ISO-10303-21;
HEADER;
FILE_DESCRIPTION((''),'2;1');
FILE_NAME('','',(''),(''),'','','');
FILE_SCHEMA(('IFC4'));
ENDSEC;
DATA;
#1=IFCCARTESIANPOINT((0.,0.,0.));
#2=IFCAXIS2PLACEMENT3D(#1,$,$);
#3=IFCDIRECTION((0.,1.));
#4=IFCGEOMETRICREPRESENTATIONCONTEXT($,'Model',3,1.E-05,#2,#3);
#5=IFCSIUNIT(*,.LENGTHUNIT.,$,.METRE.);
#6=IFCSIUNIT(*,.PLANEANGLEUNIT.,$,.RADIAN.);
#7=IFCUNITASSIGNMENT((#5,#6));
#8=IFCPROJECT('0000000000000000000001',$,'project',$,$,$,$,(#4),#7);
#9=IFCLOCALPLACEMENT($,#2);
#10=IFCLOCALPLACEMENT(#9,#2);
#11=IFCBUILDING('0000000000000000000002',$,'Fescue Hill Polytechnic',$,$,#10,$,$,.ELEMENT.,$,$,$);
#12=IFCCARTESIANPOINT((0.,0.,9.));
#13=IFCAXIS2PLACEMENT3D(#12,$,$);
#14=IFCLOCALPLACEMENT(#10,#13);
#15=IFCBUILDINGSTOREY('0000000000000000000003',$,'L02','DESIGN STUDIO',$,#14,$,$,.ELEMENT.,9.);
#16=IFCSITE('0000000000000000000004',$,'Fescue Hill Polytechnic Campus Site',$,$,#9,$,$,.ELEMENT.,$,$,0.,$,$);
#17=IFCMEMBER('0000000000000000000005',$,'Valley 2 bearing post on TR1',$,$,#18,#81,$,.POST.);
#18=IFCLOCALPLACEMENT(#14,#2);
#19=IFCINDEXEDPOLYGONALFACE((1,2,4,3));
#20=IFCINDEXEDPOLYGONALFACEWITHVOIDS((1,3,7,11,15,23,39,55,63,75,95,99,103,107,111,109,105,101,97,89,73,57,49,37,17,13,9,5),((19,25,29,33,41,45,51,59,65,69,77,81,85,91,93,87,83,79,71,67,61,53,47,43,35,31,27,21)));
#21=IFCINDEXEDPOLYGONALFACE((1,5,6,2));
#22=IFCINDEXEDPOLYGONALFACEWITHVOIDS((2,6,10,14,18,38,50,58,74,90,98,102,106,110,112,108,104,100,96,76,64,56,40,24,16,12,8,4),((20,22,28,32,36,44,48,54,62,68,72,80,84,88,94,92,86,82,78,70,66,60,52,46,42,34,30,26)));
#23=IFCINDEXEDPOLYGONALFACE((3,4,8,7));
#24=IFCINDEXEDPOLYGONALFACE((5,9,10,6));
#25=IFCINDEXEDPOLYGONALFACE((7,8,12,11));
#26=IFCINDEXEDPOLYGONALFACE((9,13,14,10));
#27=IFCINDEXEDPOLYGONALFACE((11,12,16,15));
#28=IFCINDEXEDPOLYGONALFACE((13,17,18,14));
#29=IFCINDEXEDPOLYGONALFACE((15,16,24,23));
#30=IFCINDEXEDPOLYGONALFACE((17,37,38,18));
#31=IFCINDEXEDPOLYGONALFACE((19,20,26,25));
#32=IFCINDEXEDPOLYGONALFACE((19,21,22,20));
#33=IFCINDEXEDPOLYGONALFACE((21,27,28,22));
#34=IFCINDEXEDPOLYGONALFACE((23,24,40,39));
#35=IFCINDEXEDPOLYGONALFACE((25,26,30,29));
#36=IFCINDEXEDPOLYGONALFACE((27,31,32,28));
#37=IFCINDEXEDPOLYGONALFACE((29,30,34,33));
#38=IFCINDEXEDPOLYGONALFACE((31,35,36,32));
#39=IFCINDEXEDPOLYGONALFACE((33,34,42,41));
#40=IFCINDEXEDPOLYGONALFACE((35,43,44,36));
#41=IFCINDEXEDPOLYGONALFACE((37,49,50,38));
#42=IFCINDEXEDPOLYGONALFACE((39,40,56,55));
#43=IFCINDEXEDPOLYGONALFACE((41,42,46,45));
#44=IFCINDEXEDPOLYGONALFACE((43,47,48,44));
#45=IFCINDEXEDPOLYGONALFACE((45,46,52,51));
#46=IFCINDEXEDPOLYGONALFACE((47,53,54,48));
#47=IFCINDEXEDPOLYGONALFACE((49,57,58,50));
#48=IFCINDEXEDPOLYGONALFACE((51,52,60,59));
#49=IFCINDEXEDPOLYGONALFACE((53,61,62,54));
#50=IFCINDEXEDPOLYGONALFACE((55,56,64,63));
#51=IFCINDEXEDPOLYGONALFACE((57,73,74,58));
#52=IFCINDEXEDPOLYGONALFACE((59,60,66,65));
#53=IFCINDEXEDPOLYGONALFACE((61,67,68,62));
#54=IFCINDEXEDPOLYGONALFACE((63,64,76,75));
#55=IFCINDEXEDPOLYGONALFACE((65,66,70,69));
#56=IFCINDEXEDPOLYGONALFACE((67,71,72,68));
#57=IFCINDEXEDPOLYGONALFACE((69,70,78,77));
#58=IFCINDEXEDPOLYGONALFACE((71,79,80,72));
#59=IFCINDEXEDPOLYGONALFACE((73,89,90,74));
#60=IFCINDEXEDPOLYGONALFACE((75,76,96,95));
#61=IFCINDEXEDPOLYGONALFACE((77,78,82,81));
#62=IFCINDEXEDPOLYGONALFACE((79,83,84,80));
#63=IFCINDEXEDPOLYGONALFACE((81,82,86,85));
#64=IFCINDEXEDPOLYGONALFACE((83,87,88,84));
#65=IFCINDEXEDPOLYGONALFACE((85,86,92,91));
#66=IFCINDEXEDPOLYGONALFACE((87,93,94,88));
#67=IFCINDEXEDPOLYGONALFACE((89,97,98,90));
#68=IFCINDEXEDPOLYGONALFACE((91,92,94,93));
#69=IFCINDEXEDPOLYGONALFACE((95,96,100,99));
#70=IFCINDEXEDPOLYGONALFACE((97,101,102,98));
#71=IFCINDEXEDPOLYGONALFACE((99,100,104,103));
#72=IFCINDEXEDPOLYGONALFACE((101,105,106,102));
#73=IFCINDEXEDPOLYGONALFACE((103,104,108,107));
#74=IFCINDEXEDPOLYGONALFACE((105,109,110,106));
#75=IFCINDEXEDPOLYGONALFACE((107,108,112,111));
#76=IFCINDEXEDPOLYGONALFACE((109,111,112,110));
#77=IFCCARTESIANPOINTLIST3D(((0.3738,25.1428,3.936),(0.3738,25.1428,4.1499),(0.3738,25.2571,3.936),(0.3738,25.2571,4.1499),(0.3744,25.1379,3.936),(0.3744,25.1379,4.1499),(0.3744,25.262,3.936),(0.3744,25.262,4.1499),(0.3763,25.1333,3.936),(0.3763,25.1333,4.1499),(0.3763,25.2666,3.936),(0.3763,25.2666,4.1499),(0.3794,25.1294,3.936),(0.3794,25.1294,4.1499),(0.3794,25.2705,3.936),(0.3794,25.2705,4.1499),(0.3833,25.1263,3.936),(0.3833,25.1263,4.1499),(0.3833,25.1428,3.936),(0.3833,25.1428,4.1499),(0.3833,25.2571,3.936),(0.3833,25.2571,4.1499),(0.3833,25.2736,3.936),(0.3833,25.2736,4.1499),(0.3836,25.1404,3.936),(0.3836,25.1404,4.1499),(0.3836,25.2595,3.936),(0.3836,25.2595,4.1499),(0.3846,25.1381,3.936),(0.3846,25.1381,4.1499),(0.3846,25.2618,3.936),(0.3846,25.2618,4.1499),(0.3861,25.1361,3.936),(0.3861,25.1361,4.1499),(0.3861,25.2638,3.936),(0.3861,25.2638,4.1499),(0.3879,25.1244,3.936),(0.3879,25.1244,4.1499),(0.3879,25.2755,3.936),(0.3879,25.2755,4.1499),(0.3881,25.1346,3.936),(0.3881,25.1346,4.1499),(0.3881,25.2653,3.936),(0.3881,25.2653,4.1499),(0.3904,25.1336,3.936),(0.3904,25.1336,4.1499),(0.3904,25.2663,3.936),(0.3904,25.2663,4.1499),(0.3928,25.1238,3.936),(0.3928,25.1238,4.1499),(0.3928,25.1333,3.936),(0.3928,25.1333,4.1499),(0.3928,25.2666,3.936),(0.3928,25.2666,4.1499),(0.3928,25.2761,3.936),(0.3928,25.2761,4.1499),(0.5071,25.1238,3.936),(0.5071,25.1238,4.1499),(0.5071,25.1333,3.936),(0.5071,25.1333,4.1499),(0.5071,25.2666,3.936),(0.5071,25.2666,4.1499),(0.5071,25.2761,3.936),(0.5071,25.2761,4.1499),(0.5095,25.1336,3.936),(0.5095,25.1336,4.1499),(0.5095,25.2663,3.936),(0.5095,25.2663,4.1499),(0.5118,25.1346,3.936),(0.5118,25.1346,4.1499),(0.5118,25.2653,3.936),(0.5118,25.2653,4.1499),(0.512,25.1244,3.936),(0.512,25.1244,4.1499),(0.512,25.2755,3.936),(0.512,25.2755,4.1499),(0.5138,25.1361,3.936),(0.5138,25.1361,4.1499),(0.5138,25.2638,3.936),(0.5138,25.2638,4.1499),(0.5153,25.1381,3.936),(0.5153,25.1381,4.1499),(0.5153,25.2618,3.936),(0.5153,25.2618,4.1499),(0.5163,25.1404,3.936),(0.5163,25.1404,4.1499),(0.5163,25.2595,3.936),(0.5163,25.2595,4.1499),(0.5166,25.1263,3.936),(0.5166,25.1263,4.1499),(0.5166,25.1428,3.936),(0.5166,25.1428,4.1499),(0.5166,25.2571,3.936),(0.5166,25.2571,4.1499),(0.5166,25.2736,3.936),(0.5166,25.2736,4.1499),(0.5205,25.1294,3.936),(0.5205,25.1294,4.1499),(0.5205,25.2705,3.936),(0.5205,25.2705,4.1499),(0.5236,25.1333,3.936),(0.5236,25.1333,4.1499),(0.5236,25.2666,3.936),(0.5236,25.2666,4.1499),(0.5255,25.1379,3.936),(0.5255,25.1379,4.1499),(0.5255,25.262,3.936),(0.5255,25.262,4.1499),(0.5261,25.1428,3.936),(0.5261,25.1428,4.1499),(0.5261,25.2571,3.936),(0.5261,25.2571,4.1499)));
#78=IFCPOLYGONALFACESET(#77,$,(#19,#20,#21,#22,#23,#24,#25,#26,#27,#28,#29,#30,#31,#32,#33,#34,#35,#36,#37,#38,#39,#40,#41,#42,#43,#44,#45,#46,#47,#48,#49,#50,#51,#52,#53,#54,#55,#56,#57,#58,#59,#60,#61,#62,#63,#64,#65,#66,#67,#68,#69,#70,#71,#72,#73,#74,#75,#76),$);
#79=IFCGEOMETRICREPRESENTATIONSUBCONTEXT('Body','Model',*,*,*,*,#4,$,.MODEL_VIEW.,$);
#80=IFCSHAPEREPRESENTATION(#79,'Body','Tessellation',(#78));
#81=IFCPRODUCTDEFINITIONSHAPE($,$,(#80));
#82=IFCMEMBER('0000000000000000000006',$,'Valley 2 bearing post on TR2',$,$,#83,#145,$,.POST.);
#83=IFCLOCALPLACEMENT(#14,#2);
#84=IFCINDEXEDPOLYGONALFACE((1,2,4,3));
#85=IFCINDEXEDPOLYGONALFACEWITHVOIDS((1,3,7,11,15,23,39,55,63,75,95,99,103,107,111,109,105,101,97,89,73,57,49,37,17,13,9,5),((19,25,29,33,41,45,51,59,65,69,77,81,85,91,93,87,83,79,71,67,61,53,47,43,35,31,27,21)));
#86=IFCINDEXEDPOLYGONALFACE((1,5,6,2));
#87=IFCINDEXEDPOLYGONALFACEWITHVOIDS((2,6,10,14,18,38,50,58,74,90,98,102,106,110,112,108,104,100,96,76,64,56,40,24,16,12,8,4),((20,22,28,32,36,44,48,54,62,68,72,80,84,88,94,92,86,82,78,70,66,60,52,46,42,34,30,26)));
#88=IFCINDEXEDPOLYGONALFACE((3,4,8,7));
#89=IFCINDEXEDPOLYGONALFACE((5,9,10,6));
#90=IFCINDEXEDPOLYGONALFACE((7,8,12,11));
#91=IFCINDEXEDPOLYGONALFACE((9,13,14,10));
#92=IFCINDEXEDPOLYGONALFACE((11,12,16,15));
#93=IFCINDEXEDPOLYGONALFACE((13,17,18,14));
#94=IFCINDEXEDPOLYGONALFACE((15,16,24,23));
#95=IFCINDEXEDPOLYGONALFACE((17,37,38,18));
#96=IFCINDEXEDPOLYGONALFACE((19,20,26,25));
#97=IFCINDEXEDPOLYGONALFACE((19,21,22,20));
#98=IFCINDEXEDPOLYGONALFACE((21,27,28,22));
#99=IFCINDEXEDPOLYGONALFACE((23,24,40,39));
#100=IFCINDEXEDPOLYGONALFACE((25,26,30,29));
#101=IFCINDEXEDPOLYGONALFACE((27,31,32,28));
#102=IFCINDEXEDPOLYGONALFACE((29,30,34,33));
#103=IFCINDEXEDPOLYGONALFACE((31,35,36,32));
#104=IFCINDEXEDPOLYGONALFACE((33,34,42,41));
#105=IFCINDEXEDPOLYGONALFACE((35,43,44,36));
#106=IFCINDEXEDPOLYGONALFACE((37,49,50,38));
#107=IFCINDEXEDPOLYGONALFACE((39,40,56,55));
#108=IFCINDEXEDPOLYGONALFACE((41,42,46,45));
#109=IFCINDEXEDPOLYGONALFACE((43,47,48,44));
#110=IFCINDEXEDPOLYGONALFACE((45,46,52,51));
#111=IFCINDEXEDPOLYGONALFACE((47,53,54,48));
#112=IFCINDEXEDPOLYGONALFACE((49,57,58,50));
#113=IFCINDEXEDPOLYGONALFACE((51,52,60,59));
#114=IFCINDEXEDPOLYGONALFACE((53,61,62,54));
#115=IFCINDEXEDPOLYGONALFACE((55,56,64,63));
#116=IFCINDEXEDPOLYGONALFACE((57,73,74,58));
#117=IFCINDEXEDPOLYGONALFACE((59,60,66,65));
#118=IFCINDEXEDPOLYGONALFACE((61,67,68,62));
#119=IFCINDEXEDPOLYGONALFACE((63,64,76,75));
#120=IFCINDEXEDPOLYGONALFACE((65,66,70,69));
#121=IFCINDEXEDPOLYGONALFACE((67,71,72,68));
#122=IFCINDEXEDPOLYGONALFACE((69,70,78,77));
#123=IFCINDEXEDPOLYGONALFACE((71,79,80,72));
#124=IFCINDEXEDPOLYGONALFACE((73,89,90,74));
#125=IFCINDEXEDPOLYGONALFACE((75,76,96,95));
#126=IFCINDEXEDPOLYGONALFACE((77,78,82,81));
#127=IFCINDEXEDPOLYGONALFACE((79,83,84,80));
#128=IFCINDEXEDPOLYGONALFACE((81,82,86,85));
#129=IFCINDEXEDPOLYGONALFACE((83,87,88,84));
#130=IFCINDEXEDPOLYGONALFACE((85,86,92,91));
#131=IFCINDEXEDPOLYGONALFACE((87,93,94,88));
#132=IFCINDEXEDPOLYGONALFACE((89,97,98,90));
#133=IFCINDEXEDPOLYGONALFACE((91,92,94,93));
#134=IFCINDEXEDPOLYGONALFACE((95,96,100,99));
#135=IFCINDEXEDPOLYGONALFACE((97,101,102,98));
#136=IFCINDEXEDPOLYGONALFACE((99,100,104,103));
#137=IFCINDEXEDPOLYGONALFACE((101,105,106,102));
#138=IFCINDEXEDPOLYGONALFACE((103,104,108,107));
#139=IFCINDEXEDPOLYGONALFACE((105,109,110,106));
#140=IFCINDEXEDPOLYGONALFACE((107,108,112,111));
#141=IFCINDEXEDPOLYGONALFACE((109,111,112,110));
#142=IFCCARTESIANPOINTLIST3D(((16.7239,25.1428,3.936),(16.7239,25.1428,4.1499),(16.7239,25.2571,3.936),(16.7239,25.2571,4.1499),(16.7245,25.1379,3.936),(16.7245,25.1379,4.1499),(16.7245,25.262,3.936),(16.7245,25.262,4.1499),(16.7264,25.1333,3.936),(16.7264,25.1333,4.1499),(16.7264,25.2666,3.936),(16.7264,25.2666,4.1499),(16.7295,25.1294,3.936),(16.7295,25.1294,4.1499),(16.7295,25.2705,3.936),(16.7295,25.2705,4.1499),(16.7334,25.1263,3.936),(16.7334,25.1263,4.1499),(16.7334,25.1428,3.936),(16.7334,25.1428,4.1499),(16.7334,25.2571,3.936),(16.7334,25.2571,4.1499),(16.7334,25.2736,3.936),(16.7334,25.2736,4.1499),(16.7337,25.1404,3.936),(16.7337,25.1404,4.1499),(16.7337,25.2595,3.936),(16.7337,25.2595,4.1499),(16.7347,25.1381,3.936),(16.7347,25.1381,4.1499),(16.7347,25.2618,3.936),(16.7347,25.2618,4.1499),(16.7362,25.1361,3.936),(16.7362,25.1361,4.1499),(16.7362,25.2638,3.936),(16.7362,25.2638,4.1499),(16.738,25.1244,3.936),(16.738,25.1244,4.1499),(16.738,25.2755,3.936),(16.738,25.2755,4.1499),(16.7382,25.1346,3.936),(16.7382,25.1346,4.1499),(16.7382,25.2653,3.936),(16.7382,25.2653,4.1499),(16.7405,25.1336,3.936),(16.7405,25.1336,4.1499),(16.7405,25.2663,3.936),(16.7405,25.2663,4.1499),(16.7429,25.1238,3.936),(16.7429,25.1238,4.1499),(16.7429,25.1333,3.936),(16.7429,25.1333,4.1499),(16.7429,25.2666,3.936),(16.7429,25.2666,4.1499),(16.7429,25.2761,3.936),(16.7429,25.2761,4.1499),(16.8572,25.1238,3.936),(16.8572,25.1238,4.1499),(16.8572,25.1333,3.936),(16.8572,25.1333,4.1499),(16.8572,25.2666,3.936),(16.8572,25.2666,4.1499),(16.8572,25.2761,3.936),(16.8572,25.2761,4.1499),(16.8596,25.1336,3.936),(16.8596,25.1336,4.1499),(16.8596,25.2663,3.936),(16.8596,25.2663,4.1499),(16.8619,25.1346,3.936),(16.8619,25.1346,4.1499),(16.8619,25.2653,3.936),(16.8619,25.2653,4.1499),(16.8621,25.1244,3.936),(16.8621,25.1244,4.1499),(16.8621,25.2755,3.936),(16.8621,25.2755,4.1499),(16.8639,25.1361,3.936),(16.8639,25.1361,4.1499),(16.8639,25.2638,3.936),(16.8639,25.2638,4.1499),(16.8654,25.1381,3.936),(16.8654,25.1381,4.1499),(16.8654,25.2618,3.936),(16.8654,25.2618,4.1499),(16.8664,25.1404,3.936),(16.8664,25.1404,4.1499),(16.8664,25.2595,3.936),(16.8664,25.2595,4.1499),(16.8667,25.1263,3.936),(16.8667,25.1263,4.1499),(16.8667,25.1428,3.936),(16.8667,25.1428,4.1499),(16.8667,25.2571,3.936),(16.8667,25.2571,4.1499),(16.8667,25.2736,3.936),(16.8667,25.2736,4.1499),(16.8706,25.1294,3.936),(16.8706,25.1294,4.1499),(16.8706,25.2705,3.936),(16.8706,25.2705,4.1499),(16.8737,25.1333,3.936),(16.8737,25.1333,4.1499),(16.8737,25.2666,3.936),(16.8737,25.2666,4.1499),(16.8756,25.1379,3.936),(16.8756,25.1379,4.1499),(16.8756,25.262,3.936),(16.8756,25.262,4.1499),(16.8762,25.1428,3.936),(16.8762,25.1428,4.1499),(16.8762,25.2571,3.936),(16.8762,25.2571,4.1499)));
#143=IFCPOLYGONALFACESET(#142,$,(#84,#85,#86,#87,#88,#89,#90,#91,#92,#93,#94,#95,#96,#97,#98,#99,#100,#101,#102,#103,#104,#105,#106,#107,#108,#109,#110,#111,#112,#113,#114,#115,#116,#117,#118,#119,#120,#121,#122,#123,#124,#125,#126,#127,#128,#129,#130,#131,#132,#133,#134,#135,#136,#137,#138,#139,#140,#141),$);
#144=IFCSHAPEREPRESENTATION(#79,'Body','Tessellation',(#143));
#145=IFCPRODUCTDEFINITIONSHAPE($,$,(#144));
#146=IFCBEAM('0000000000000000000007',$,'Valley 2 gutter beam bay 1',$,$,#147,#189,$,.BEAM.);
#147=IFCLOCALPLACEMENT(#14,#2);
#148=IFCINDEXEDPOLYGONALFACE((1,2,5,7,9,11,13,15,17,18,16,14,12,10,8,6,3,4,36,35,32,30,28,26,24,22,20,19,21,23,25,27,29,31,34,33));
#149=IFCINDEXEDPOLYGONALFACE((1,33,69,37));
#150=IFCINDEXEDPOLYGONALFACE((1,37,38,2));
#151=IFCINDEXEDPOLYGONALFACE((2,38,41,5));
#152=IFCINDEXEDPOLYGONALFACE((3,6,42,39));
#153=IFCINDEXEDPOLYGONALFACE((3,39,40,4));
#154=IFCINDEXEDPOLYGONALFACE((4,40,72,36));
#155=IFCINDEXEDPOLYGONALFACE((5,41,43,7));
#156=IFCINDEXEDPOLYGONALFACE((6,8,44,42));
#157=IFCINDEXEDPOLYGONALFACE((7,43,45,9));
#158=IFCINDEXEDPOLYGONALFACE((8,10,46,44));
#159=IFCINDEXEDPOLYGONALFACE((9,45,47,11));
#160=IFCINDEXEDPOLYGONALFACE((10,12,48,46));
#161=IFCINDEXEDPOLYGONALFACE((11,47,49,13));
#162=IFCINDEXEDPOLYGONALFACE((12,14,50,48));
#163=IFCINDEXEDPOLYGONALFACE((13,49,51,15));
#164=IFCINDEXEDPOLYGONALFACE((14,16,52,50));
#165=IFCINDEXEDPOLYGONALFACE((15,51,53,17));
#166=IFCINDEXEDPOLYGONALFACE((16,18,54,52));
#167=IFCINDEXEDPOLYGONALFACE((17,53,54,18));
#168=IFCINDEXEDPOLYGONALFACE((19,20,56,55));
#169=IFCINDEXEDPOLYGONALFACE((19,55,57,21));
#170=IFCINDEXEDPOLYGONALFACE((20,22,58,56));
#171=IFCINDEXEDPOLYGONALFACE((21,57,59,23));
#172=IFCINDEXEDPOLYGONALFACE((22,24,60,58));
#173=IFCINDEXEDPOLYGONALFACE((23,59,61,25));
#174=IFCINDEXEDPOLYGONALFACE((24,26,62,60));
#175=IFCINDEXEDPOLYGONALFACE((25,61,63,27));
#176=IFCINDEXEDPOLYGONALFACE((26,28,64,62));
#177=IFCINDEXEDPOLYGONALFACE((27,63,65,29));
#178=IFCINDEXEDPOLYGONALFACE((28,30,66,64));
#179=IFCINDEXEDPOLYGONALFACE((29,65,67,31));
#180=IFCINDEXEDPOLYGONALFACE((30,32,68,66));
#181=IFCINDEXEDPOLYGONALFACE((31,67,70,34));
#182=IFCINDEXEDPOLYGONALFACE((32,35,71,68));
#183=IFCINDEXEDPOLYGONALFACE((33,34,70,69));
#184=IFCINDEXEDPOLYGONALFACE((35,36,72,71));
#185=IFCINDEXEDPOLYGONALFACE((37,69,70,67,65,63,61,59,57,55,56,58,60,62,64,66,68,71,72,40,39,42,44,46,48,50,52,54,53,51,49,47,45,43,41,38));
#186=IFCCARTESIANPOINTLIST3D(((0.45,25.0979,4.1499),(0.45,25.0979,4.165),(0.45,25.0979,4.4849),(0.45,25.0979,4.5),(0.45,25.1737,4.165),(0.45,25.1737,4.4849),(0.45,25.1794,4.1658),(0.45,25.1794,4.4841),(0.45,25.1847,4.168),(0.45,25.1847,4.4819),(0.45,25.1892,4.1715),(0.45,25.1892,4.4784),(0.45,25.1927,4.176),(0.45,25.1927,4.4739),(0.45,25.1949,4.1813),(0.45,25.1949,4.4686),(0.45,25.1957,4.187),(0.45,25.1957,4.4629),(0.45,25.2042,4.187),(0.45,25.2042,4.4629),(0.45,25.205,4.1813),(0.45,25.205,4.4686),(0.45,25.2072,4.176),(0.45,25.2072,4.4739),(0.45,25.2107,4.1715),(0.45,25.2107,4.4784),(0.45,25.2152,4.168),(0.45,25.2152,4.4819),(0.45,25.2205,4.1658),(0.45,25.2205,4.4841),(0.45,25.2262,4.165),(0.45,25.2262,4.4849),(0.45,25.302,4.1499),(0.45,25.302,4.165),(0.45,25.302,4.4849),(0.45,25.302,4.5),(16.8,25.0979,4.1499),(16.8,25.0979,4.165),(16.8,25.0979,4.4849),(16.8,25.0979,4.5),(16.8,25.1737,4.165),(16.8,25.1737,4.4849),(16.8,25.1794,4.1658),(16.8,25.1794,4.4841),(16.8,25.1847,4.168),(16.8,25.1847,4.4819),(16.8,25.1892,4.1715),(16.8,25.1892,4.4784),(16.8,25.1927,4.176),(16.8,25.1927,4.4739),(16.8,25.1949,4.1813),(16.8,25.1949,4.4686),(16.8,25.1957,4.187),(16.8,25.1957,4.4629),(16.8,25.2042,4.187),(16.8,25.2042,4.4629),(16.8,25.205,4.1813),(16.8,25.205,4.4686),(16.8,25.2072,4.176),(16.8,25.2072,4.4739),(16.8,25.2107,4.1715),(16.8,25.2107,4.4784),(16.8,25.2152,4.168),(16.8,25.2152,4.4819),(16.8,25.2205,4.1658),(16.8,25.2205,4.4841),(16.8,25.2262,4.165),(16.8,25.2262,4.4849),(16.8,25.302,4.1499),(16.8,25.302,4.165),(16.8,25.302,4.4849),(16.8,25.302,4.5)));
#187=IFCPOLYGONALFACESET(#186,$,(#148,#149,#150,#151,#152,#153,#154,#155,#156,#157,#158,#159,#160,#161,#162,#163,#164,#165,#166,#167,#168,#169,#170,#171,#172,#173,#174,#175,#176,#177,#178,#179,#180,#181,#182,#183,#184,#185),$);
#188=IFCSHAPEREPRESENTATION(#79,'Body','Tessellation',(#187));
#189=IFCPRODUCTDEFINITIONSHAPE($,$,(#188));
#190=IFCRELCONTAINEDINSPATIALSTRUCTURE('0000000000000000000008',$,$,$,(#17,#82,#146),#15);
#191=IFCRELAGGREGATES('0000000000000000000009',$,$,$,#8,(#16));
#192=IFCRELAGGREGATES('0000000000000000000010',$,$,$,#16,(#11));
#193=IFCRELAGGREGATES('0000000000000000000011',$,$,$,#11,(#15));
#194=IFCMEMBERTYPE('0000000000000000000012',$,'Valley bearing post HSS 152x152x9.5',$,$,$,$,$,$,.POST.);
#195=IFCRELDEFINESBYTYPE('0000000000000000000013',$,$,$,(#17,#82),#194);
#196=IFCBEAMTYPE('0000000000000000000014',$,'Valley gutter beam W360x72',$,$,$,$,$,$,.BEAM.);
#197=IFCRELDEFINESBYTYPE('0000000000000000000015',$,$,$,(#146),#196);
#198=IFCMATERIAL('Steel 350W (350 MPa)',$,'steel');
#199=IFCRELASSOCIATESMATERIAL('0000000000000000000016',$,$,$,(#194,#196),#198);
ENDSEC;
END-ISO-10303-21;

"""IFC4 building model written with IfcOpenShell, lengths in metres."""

from ifc_helpers import new_model, si_unit, direction, frame, origin, origin_2d, place, context, subcontext, project, spatial, hollow_rectangle, i_section, extrude, material, material_profile, profile_set, type_object, element, save


model = new_model("IFC4")

# Units and contexts
model_context = context("Model", 3, precision=1e-05, world=origin(), true_north=direction((0.0, 1.0)))
body_context = subcontext(model_context, "Body", "Model", "MODEL_VIEW")
ifc_project = project(units=[si_unit("LENGTHUNIT", "METRE"), si_unit("PLANEANGLEUNIT", "RADIAN")], contexts=[model_context])

# Site, building, storey
site_placement = place(None, origin())
site = spatial("IfcSite", under=ifc_project, at=site_placement, Name="Fescue Hill Polytechnic Campus Site", CompositionType="ELEMENT", RefElevation=0.0)
building_placement = place(site_placement, origin())
building = spatial("IfcBuilding", under=site, at=building_placement, Name="Fescue Hill Polytechnic", CompositionType="ELEMENT")
storey_placement = place(building_placement, frame((0.0, 0.0, 9.0)))
storey = spatial("IfcBuildingStorey", under=building, at=storey_placement, Name="L02", Description="DESIGN STUDIO", CompositionType="ELEMENT", Elevation=9.0)

# Members
ifc_material_1 = material(Name="Steel 350W (350 MPa)", Category="steel")
ifc_material_profile_1 = material_profile(ifc_material_1, hollow_rectangle(XDim=0.1523, YDim=0.1523, WallThickness=0.0095, InnerFilletRadius=0.0095, OuterFilletRadius=0.019, at=origin_2d()), Name="Valley bearing post HSS 152x152x9.5")
ifc_profile_set_1 = profile_set([ifc_material_profile_1], Name="Steel 350W (350 MPa)")
member_type_1 = type_object("IfcMemberType", Name="Valley bearing post HSS 152x152x9.5", PredefinedType="POST", material=ifc_profile_set_1)
for number, where, z_axis, x_axis, name in (
    (1, (0.45, 25.2, 3.936), (0.0, 0.0, 1.0), (1.0, 0.0, 0.0), "Valley 2 bearing post on TR1"),
    (2, (16.8, 25.2, 3.936), (0.0, 0.0, 1.0), (1.0, 0.0, 0.0), "Valley 2 bearing post on TR2"),
):
    element("IfcMember", number, at=place(storey_placement, frame(where, z_axis=z_axis, x_axis=x_axis)), inside=storey, type_object=member_type_1, Name=name, PredefinedType="POST", context=body_context, shape_type="SweptSolid", body=[
        extrude(hollow_rectangle(XDim=0.1523, YDim=0.1523, WallThickness=0.0095, InnerFilletRadius=0.0095, OuterFilletRadius=0.019, at=origin_2d()), origin(), (0.0, 0.0, 1.0), 0.2139),
    ])

# Beam
ifc_material_profile_2 = material_profile(ifc_material_1, i_section(OverallWidth=0.2041, OverallDepth=0.3501, WebThickness=0.0085, FlangeThickness=0.0151, FilletRadius=0.022, at=origin_2d()), Name="W360x72")
ifc_profile_set_2 = profile_set([ifc_material_profile_2], Name="Steel 350W (350 MPa)")
beam_type_1 = type_object("IfcBeamType", Name="Valley gutter beam W360x72", PredefinedType="BEAM", material=ifc_profile_set_2)
beam_1_placement = place(storey_placement, frame((0.45, 25.2, 4.325), z_axis=(1.0, 0.0, 0.0), x_axis=(0.0, 1.0, 0.0)))
element("IfcBeam", 3, at=beam_1_placement, inside=storey, type_object=beam_type_1, Name="Valley 2 gutter beam bay 1", PredefinedType="BEAM", context=body_context, shape_type="SweptSolid", body=[
    extrude(i_section(OverallWidth=0.2041, OverallDepth=0.3501, WebThickness=0.0085, FlangeThickness=0.0151, FilletRadius=0.022, at=origin_2d()), origin(), (0.0, 0.0, 1.0), 16.3501),
])

save(model, "model.ifc")
